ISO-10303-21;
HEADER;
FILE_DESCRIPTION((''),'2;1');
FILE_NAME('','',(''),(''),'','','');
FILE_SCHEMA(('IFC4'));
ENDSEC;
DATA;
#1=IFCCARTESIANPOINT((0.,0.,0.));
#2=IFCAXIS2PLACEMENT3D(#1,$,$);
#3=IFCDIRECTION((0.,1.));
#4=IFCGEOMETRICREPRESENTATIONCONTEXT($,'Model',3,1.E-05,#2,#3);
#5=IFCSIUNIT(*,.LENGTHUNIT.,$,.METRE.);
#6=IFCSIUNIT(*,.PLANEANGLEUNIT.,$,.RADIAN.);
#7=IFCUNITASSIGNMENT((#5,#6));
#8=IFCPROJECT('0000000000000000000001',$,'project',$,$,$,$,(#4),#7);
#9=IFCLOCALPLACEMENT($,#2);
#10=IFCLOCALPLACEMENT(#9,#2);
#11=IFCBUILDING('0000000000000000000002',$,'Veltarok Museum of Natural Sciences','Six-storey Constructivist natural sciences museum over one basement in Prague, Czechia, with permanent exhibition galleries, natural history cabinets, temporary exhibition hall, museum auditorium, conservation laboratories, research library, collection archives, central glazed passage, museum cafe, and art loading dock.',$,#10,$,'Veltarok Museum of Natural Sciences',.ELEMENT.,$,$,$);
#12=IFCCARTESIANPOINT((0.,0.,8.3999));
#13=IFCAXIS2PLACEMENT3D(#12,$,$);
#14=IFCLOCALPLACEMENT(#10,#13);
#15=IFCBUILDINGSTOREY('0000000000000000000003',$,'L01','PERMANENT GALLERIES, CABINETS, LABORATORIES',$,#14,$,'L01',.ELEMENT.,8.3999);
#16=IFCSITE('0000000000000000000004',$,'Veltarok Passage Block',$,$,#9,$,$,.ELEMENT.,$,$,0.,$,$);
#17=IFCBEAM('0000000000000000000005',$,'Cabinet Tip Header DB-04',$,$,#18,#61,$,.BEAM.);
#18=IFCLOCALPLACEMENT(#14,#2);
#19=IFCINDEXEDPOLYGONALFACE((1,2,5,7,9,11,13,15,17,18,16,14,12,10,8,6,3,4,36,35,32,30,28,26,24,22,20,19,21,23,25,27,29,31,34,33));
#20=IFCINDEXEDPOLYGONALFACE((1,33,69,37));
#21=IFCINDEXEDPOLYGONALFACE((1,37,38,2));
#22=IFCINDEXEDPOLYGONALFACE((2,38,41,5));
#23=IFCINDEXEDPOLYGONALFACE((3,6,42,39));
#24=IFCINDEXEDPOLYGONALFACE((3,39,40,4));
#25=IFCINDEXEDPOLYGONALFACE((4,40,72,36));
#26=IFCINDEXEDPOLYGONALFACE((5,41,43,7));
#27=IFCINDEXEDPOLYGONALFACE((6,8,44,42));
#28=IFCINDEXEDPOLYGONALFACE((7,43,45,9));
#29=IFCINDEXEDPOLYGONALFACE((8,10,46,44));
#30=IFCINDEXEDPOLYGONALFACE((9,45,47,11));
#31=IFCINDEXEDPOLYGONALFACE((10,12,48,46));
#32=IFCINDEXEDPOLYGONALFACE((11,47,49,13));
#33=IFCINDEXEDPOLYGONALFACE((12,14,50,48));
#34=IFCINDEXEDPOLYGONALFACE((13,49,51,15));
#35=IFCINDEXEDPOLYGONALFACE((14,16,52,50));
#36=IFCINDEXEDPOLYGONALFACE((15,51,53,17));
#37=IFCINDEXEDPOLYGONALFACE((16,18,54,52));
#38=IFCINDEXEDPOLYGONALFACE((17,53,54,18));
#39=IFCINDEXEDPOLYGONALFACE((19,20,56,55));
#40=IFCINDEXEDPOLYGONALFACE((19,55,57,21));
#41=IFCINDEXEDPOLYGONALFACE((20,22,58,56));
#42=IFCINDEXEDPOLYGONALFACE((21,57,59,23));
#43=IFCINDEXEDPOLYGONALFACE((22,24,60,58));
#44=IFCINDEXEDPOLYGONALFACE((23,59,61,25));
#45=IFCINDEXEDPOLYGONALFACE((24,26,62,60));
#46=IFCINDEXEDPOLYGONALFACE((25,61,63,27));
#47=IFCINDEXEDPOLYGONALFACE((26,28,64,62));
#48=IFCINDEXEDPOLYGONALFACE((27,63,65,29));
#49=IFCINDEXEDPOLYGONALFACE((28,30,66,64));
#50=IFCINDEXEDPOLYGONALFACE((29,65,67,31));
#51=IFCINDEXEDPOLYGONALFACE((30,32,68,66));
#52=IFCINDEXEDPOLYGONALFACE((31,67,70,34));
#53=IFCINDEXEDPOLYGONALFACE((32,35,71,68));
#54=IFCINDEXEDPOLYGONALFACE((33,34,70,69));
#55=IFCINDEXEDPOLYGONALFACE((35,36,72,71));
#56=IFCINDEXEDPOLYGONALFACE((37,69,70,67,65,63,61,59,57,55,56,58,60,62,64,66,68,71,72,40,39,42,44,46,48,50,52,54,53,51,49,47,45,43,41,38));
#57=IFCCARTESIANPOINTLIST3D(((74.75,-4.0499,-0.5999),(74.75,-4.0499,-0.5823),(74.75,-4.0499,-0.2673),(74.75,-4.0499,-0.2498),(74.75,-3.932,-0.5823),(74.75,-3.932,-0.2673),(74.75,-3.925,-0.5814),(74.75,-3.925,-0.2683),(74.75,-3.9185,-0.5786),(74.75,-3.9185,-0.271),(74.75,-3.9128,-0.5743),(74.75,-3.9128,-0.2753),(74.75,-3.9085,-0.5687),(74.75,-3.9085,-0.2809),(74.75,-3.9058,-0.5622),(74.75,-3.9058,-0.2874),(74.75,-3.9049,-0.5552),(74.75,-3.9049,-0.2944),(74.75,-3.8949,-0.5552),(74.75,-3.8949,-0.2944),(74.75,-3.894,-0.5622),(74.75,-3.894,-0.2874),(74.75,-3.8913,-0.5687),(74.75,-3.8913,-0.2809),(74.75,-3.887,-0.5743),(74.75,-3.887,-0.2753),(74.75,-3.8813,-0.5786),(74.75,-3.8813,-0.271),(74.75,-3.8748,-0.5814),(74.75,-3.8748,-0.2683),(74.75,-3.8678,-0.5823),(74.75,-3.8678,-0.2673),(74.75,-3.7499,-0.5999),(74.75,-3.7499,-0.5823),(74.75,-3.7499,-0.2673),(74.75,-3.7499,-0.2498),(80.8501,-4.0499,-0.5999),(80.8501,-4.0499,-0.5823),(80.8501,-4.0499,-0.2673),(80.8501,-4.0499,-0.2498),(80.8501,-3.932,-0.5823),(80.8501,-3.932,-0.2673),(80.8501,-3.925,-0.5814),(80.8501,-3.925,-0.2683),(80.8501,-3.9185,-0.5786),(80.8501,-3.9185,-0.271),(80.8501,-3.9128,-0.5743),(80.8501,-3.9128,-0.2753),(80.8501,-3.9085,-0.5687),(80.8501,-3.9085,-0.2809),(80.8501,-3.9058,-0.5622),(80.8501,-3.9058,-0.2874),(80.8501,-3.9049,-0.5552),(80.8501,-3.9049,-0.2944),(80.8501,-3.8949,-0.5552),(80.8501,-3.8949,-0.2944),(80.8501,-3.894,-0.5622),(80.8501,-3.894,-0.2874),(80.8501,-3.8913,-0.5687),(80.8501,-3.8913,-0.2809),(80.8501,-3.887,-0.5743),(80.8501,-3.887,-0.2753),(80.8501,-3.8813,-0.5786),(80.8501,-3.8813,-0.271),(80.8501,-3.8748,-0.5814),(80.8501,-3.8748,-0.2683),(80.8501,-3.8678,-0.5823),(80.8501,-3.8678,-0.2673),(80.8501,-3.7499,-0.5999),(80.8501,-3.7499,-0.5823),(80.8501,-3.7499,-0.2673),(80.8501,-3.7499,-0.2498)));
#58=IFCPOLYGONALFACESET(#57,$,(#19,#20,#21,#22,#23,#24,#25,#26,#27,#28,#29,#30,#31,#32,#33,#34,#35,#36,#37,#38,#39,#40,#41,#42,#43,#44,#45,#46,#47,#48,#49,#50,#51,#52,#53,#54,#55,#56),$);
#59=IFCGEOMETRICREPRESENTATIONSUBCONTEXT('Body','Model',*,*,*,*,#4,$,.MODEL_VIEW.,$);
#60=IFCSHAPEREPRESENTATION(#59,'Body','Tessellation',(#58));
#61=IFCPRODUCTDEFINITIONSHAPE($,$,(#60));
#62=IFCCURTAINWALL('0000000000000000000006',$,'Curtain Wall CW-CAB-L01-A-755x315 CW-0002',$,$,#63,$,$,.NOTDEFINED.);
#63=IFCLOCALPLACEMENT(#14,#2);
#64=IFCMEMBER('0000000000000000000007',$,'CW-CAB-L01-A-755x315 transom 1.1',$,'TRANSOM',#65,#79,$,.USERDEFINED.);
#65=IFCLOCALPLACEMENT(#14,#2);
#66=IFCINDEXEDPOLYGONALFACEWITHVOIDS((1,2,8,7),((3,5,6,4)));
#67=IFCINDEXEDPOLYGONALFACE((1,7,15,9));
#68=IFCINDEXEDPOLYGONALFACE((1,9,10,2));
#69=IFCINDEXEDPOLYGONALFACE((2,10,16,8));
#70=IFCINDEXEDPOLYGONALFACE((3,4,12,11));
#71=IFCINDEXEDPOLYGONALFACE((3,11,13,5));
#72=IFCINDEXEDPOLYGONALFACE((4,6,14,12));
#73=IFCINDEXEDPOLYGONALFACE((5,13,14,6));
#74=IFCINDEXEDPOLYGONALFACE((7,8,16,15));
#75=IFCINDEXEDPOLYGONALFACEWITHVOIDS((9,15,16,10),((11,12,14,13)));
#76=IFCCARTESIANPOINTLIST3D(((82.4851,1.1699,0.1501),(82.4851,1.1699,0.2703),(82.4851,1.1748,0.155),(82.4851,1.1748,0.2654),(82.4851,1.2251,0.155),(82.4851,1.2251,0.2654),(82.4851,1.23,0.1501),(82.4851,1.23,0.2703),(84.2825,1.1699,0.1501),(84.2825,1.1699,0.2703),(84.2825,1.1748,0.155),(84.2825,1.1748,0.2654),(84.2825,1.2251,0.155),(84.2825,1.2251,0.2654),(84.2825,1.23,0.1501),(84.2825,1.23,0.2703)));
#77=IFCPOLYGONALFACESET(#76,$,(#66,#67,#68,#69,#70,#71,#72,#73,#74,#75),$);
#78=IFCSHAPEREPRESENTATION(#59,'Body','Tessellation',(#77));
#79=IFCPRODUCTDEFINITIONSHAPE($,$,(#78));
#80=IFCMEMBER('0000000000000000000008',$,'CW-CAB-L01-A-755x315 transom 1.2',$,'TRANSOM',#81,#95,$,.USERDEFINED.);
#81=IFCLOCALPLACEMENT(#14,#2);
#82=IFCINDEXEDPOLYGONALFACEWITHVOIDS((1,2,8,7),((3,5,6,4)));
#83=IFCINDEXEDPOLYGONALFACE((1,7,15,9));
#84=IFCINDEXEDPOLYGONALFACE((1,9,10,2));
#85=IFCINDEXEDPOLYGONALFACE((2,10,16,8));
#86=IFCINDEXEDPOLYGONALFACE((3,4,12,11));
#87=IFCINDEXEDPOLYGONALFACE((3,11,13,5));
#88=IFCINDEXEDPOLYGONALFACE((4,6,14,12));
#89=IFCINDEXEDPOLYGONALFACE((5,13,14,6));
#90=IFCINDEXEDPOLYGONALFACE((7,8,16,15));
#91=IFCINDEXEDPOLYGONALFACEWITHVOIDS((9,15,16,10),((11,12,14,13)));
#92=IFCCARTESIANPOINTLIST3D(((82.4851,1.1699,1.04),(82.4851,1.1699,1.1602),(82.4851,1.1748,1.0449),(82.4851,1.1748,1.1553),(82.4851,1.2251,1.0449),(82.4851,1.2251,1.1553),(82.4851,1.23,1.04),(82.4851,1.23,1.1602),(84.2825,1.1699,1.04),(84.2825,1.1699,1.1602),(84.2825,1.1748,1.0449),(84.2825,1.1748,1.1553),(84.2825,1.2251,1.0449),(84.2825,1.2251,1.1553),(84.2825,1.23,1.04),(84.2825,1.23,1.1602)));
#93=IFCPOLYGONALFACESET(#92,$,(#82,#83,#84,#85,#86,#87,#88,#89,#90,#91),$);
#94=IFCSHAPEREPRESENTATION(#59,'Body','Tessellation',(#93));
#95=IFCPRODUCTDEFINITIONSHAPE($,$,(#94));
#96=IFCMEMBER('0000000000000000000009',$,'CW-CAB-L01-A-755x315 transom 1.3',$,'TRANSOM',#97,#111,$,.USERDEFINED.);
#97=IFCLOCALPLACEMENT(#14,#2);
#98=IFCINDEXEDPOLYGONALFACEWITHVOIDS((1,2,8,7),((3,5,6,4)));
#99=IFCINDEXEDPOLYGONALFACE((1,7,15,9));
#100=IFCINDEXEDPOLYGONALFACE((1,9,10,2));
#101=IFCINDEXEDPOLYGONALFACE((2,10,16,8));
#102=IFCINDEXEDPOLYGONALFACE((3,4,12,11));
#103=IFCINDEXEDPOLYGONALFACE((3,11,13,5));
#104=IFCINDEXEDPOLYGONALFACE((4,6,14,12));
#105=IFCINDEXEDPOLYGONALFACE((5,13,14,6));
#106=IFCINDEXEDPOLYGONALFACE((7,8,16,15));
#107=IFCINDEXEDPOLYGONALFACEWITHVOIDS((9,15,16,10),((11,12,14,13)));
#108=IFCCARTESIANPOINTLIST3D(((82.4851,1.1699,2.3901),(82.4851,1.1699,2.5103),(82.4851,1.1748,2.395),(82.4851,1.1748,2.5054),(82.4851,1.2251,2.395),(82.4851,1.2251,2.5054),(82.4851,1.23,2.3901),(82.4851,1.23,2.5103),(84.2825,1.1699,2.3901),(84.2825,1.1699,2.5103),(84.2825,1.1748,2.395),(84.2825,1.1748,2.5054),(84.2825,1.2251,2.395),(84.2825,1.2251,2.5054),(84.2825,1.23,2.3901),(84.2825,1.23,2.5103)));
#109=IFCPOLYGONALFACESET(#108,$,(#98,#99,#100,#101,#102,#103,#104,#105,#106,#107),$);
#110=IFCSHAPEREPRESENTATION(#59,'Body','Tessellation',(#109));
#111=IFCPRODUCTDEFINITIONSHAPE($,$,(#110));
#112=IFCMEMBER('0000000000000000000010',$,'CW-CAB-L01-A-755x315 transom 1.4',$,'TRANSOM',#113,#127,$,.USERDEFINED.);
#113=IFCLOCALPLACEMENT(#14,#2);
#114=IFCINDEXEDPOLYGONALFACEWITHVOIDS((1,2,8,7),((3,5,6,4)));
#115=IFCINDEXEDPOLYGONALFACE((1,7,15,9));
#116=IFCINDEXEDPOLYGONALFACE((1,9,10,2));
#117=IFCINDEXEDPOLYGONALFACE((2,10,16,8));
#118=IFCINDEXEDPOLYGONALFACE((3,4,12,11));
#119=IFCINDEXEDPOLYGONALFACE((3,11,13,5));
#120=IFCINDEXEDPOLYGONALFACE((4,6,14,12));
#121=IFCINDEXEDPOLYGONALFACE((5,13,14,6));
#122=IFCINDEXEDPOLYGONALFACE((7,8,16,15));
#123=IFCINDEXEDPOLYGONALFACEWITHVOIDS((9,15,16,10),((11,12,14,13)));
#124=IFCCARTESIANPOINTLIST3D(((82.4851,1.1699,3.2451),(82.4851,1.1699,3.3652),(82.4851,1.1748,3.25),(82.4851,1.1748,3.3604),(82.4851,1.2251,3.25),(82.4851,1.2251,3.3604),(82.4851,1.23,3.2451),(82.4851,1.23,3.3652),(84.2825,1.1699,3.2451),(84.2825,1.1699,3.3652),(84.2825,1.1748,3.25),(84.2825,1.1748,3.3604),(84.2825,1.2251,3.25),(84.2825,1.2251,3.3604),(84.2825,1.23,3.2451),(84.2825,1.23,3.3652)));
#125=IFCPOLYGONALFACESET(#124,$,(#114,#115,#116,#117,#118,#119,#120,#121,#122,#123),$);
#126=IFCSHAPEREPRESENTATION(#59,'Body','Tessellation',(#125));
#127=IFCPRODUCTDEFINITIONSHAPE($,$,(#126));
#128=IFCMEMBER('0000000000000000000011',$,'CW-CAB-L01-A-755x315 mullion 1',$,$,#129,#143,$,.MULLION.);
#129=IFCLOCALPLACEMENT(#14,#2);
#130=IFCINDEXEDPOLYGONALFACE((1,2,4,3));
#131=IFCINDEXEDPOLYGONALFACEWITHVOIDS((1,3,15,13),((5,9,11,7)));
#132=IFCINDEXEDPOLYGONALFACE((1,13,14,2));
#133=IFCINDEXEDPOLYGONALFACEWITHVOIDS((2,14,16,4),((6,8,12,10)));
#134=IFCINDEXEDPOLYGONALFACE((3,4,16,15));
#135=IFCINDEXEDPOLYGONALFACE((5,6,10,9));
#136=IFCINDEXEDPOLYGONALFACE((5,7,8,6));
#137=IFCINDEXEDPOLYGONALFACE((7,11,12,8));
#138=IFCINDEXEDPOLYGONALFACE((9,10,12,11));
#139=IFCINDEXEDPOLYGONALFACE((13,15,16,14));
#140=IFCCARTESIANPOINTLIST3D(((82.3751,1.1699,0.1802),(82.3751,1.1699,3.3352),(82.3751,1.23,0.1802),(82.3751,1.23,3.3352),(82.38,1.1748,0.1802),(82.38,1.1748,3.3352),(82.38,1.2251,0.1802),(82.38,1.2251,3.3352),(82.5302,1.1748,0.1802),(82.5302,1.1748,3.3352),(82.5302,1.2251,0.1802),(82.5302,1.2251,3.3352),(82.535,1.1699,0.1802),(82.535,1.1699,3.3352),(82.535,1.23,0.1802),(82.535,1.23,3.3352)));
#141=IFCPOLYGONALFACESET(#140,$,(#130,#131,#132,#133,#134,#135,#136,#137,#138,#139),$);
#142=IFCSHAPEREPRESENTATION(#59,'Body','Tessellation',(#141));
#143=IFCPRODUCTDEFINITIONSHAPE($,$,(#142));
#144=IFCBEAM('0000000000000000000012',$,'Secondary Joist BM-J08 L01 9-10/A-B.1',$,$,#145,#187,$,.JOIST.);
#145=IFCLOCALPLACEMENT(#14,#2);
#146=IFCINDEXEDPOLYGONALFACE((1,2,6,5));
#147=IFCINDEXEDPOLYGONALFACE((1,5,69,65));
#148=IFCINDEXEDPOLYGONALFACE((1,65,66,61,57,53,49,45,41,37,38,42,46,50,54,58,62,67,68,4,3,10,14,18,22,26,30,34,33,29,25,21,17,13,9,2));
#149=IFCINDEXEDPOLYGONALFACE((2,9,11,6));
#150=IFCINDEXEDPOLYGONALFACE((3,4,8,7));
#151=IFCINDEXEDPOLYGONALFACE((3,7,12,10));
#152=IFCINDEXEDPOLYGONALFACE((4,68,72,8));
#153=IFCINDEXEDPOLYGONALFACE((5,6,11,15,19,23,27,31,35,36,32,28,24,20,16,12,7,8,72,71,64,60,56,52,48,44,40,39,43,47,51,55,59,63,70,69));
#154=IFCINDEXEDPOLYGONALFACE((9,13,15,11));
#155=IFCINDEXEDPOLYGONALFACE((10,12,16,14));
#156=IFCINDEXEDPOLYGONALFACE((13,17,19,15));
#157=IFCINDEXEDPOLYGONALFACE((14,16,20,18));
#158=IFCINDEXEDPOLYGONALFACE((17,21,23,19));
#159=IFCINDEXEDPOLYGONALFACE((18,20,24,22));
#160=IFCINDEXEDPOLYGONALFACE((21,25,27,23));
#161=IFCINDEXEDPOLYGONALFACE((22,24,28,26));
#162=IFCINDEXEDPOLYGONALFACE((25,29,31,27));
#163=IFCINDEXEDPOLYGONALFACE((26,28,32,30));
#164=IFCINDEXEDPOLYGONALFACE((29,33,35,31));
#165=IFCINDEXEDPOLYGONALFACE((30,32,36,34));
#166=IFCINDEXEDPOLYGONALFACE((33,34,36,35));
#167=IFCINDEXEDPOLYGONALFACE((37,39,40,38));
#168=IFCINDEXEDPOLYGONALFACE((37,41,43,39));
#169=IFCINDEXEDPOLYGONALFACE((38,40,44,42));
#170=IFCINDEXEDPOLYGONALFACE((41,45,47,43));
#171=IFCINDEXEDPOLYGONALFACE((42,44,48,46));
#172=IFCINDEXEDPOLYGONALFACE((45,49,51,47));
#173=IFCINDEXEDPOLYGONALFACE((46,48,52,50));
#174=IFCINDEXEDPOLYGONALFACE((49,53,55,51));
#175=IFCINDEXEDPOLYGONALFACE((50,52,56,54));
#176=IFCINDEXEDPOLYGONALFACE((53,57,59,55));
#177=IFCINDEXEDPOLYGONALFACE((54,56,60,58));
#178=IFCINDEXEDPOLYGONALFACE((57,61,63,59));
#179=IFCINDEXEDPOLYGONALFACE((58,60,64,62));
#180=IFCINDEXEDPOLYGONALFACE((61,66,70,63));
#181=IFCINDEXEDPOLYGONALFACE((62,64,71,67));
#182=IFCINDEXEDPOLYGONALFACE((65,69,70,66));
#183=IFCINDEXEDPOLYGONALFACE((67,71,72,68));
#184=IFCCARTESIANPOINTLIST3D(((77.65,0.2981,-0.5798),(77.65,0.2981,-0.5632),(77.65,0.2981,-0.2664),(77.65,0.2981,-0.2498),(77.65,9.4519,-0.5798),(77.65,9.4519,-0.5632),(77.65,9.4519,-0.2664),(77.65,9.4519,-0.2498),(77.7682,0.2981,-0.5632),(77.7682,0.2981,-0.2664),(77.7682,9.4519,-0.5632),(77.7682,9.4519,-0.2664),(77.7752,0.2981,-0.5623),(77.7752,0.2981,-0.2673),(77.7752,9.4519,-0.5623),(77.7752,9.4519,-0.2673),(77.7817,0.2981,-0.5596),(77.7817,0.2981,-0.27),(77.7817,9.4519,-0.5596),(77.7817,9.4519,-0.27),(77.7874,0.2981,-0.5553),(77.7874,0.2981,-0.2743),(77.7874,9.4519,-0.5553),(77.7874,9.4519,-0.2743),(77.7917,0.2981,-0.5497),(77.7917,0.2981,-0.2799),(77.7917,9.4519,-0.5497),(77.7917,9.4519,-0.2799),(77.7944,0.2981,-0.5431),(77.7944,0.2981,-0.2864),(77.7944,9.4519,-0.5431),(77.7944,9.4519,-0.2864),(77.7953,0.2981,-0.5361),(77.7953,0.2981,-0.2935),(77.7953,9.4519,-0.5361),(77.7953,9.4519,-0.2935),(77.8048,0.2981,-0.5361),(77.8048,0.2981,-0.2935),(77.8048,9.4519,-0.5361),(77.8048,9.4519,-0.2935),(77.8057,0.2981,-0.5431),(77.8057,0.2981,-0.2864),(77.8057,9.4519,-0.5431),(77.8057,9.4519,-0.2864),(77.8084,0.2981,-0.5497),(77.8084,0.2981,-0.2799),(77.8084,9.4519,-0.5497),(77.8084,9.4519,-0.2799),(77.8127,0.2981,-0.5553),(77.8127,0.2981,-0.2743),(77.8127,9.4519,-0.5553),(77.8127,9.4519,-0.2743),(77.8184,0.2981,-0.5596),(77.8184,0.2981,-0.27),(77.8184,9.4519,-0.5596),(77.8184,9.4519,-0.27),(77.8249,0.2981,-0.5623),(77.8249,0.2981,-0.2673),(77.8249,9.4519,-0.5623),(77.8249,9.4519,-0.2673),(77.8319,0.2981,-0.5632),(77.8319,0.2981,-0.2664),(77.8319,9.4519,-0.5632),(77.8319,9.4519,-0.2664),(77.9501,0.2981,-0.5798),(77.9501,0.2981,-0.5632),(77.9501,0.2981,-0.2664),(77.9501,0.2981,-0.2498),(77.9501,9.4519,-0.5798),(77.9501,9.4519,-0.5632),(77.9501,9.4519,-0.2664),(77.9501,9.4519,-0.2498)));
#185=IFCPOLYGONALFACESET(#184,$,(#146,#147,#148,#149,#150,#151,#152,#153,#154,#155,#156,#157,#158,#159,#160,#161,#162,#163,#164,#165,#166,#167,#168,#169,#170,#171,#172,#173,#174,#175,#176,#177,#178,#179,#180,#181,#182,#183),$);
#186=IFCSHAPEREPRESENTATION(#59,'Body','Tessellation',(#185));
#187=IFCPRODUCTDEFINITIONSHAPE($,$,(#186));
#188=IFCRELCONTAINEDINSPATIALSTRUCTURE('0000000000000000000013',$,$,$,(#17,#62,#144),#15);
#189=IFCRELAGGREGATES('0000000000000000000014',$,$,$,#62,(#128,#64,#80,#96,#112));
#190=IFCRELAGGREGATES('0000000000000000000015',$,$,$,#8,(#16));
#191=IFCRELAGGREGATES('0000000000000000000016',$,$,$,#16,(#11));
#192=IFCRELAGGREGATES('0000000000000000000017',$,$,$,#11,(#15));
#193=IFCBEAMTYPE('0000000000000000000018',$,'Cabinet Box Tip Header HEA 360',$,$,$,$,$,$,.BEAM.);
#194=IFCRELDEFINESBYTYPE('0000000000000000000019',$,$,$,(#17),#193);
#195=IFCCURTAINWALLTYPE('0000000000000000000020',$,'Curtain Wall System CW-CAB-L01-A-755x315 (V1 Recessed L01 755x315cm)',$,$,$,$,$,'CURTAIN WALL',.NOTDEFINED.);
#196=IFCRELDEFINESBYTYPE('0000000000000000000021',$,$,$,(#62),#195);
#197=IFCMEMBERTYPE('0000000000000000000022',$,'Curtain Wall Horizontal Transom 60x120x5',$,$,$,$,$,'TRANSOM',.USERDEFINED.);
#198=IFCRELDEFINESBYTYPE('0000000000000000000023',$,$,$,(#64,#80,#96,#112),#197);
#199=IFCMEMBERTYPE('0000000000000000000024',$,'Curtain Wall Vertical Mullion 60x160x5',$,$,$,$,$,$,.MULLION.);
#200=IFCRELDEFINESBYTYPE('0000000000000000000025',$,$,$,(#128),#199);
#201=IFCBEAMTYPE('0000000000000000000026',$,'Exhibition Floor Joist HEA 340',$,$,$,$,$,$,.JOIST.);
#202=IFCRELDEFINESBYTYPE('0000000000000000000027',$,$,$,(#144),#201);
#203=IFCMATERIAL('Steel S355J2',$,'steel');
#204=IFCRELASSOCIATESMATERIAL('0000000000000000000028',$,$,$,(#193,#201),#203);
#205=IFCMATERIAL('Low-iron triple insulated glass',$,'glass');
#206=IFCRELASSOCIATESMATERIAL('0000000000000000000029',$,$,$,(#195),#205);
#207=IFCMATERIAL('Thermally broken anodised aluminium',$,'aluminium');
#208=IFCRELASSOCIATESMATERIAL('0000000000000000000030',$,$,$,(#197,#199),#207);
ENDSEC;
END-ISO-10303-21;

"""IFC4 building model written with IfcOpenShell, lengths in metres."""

from ifc_helpers import new_model, si_unit, direction, frame, origin, origin_2d, place, context, subcontext, project, spatial, hollow_rectangle, i_section, extrude, material, material_profile, profile_set, type_object, element, aggregate, save


model = new_model("IFC4")

# Units and contexts
model_context = context("Model", 3, precision=1e-05, world=origin(), true_north=direction((0.0, 1.0)))
body_context = subcontext(model_context, "Body", "Model", "MODEL_VIEW")
ifc_project = project(units=[si_unit("LENGTHUNIT", "METRE"), si_unit("PLANEANGLEUNIT", "RADIAN")], contexts=[model_context])

# Site, building, storey
site_placement = place(None, origin())
site = spatial("IfcSite", under=ifc_project, at=site_placement, Name="Veltarok Passage Block", CompositionType="ELEMENT", RefElevation=0.0)
building_placement = place(site_placement, origin())
building = spatial("IfcBuilding", under=site, at=building_placement, Name="Veltarok Museum of Natural Sciences", Description="Six-storey Constructivist natural sciences museum over one basement in Prague, Czechia, with permanent exhibition galleries, natural history cabinets, temporary exhibition hall, museum auditorium, conservation laboratories, research library, collection archives, central glazed passage, museum cafe, and art loading dock.", LongName="Veltarok Museum of Natural Sciences", CompositionType="ELEMENT")
storey_placement = place(building_placement, frame((0.0, 0.0, 8.3999)))
storey = spatial("IfcBuildingStorey", under=building, at=storey_placement, Name="L01", Description="PERMANENT GALLERIES, CABINETS, LABORATORIES", LongName="L01", CompositionType="ELEMENT", Elevation=8.3999)

# Beam
ifc_material_1 = material(Name="Steel S355J2", Category="steel")
ifc_material_profile_1 = material_profile(ifc_material_1, i_section(OverallWidth=0.3, OverallDepth=0.3501, WebThickness=0.01, FlangeThickness=0.0176, FilletRadius=0.0271, at=origin_2d()), Name="HEA 360")
ifc_profile_set_1 = profile_set([ifc_material_profile_1], Name="Steel S355J2")
beam_type_1 = type_object("IfcBeamType", Name="Cabinet Box Tip Header HEA 360", PredefinedType="BEAM", material=ifc_profile_set_1)
beam_1_placement = place(storey_placement, frame((74.75, -3.8999, -0.4248), z_axis=(1.0, 0.0, 0.0), x_axis=(0.0, 1.0, 0.0)))
element("IfcBeam", 1, at=beam_1_placement, inside=storey, type_object=beam_type_1, Name="Cabinet Tip Header DB-04", PredefinedType="BEAM", context=body_context, shape_type="SweptSolid", body=[
    extrude(i_section(OverallWidth=0.3, OverallDepth=0.3501, WebThickness=0.01, FlangeThickness=0.0176, FilletRadius=0.0271, at=origin_2d()), origin(), (0.0, 0.0, 1.0), 6.1001),
])

# Curtain wall, members
ifc_material_2 = material(Name="Low-iron triple insulated glass", Category="glass")
curtain_wall_type = type_object("IfcCurtainWallType", Name="Curtain Wall System CW-CAB-L01-A-755x315 (V1 Recessed L01 755x315cm)", ElementType="CURTAIN WALL", PredefinedType="NOTDEFINED", material=ifc_material_2)
curtain_wall_placement = place(storey_placement, origin())
curtain_wall = element("IfcCurtainWall", 2, at=curtain_wall_placement, inside=storey, type_object=curtain_wall_type, Name="Curtain Wall CW-CAB-L01-A-755x315 CW-0002", PredefinedType="NOTDEFINED")
ifc_material_3 = material(Name="Thermally broken anodised aluminium", Category="aluminium")
ifc_material_profile_2 = material_profile(ifc_material_3, hollow_rectangle(XDim=0.0601, YDim=0.1201, WallThickness=0.0049, at=origin_2d()), Name="CW TRANSOM 60x120x5")
ifc_profile_set_2 = profile_set([ifc_material_profile_2], Name="Thermally broken anodised aluminium")
member_type_1 = type_object("IfcMemberType", Name="Curtain Wall Horizontal Transom 60x120x5", ElementType="TRANSOM", PredefinedType="USERDEFINED", material=ifc_profile_set_2)
member_1_placement = place(storey_placement, frame((82.4851, 1.2, 0.2102), z_axis=(1.0, 0.0, 0.0), x_axis=(0.0, 1.0, 0.0)))
member_1 = element("IfcMember", 3, at=member_1_placement, type_object=member_type_1, Name="CW-CAB-L01-A-755x315 transom 1.1", ObjectType="TRANSOM", PredefinedType="USERDEFINED", context=body_context, shape_type="SweptSolid", body=[
    extrude(hollow_rectangle(XDim=0.0601, YDim=0.1201, WallThickness=0.0049, at=origin_2d()), origin(), (0.0, 0.0, 1.0), 1.7974),
])
member_2_placement = place(storey_placement, frame((82.4851, 1.2, 1.1001), z_axis=(1.0, 0.0, 0.0), x_axis=(0.0, 1.0, 0.0)))
member_2 = element("IfcMember", 4, at=member_2_placement, type_object=member_type_1, Name="CW-CAB-L01-A-755x315 transom 1.2", ObjectType="TRANSOM", PredefinedType="USERDEFINED", context=body_context, shape_type="SweptSolid", body=[
    extrude(hollow_rectangle(XDim=0.0601, YDim=0.1201, WallThickness=0.0049, at=origin_2d()), origin(), (0.0, 0.0, 1.0), 1.7974),
])
member_3_placement = place(storey_placement, frame((82.4851, 1.2, 2.4502), z_axis=(1.0, 0.0, 0.0), x_axis=(0.0, 1.0, 0.0)))
member_3 = element("IfcMember", 5, at=member_3_placement, type_object=member_type_1, Name="CW-CAB-L01-A-755x315 transom 1.3", ObjectType="TRANSOM", PredefinedType="USERDEFINED", context=body_context, shape_type="SweptSolid", body=[
    extrude(hollow_rectangle(XDim=0.0601, YDim=0.1201, WallThickness=0.0049, at=origin_2d()), origin(), (0.0, 0.0, 1.0), 1.7974),
])
member_4_placement = place(storey_placement, frame((82.4851, 1.2, 3.3052), z_axis=(1.0, 0.0, 0.0), x_axis=(0.0, 1.0, 0.0)))
member_4 = element("IfcMember", 6, at=member_4_placement, type_object=member_type_1, Name="CW-CAB-L01-A-755x315 transom 1.4", ObjectType="TRANSOM", PredefinedType="USERDEFINED", context=body_context, shape_type="SweptSolid", body=[
    extrude(hollow_rectangle(XDim=0.0601, YDim=0.1201, WallThickness=0.0049, at=origin_2d()), origin(), (0.0, 0.0, 1.0), 1.7974),
])
ifc_material_profile_3 = material_profile(ifc_material_3, hollow_rectangle(XDim=0.0601, YDim=0.1599, WallThickness=0.0049, at=origin_2d()), Name="CW MULLION 60x160x5")
ifc_profile_set_3 = profile_set([ifc_material_profile_3], Name="Thermally broken anodised aluminium")
member_type_2 = type_object("IfcMemberType", Name="Curtain Wall Vertical Mullion 60x160x5", PredefinedType="MULLION", material=ifc_profile_set_3)
member_5_placement = place(storey_placement, frame((82.4551, 1.2, 0.1802), z_axis=(0.0, 0.0, 1.0), x_axis=(0.0, 1.0, 0.0)))
member_5 = element("IfcMember", 7, at=member_5_placement, type_object=member_type_2, Name="CW-CAB-L01-A-755x315 mullion 1", PredefinedType="MULLION", context=body_context, shape_type="SweptSolid", body=[
    extrude(hollow_rectangle(XDim=0.0601, YDim=0.1599, WallThickness=0.0049, at=origin_2d()), origin(), (0.0, 0.0, 1.0), 3.155),
])

# Beam
ifc_material_profile_4 = material_profile(ifc_material_1, i_section(OverallWidth=0.3, OverallDepth=0.3301, WebThickness=0.0095, FlangeThickness=0.0166, FilletRadius=0.0271, at=origin_2d()), Name="HEA 340")
ifc_profile_set_4 = profile_set([ifc_material_profile_4], Name="Steel S355J2")
beam_type_2 = type_object("IfcBeamType", Name="Exhibition Floor Joist HEA 340", PredefinedType="JOIST", material=ifc_profile_set_4)
beam_2_placement = place(storey_placement, frame((77.8, 0.2981, -0.4148), z_axis=(0.0, 1.0, 0.0), x_axis=(-1.0, 0.0, 0.0)))
element("IfcBeam", 8, at=beam_2_placement, inside=storey, type_object=beam_type_2, Name="Secondary Joist BM-J08 L01 9-10/A-B.1", PredefinedType="JOIST", context=body_context, shape_type="SweptSolid", body=[
    extrude(i_section(OverallWidth=0.3, OverallDepth=0.3301, WebThickness=0.0095, FlangeThickness=0.0166, FilletRadius=0.0271, at=origin_2d()), origin(), (0.0, 0.0, 1.0), 9.1538),
])

aggregate(curtain_wall, [member_5, member_1, member_2, member_3, member_4])

save(model, "model.ifc")
